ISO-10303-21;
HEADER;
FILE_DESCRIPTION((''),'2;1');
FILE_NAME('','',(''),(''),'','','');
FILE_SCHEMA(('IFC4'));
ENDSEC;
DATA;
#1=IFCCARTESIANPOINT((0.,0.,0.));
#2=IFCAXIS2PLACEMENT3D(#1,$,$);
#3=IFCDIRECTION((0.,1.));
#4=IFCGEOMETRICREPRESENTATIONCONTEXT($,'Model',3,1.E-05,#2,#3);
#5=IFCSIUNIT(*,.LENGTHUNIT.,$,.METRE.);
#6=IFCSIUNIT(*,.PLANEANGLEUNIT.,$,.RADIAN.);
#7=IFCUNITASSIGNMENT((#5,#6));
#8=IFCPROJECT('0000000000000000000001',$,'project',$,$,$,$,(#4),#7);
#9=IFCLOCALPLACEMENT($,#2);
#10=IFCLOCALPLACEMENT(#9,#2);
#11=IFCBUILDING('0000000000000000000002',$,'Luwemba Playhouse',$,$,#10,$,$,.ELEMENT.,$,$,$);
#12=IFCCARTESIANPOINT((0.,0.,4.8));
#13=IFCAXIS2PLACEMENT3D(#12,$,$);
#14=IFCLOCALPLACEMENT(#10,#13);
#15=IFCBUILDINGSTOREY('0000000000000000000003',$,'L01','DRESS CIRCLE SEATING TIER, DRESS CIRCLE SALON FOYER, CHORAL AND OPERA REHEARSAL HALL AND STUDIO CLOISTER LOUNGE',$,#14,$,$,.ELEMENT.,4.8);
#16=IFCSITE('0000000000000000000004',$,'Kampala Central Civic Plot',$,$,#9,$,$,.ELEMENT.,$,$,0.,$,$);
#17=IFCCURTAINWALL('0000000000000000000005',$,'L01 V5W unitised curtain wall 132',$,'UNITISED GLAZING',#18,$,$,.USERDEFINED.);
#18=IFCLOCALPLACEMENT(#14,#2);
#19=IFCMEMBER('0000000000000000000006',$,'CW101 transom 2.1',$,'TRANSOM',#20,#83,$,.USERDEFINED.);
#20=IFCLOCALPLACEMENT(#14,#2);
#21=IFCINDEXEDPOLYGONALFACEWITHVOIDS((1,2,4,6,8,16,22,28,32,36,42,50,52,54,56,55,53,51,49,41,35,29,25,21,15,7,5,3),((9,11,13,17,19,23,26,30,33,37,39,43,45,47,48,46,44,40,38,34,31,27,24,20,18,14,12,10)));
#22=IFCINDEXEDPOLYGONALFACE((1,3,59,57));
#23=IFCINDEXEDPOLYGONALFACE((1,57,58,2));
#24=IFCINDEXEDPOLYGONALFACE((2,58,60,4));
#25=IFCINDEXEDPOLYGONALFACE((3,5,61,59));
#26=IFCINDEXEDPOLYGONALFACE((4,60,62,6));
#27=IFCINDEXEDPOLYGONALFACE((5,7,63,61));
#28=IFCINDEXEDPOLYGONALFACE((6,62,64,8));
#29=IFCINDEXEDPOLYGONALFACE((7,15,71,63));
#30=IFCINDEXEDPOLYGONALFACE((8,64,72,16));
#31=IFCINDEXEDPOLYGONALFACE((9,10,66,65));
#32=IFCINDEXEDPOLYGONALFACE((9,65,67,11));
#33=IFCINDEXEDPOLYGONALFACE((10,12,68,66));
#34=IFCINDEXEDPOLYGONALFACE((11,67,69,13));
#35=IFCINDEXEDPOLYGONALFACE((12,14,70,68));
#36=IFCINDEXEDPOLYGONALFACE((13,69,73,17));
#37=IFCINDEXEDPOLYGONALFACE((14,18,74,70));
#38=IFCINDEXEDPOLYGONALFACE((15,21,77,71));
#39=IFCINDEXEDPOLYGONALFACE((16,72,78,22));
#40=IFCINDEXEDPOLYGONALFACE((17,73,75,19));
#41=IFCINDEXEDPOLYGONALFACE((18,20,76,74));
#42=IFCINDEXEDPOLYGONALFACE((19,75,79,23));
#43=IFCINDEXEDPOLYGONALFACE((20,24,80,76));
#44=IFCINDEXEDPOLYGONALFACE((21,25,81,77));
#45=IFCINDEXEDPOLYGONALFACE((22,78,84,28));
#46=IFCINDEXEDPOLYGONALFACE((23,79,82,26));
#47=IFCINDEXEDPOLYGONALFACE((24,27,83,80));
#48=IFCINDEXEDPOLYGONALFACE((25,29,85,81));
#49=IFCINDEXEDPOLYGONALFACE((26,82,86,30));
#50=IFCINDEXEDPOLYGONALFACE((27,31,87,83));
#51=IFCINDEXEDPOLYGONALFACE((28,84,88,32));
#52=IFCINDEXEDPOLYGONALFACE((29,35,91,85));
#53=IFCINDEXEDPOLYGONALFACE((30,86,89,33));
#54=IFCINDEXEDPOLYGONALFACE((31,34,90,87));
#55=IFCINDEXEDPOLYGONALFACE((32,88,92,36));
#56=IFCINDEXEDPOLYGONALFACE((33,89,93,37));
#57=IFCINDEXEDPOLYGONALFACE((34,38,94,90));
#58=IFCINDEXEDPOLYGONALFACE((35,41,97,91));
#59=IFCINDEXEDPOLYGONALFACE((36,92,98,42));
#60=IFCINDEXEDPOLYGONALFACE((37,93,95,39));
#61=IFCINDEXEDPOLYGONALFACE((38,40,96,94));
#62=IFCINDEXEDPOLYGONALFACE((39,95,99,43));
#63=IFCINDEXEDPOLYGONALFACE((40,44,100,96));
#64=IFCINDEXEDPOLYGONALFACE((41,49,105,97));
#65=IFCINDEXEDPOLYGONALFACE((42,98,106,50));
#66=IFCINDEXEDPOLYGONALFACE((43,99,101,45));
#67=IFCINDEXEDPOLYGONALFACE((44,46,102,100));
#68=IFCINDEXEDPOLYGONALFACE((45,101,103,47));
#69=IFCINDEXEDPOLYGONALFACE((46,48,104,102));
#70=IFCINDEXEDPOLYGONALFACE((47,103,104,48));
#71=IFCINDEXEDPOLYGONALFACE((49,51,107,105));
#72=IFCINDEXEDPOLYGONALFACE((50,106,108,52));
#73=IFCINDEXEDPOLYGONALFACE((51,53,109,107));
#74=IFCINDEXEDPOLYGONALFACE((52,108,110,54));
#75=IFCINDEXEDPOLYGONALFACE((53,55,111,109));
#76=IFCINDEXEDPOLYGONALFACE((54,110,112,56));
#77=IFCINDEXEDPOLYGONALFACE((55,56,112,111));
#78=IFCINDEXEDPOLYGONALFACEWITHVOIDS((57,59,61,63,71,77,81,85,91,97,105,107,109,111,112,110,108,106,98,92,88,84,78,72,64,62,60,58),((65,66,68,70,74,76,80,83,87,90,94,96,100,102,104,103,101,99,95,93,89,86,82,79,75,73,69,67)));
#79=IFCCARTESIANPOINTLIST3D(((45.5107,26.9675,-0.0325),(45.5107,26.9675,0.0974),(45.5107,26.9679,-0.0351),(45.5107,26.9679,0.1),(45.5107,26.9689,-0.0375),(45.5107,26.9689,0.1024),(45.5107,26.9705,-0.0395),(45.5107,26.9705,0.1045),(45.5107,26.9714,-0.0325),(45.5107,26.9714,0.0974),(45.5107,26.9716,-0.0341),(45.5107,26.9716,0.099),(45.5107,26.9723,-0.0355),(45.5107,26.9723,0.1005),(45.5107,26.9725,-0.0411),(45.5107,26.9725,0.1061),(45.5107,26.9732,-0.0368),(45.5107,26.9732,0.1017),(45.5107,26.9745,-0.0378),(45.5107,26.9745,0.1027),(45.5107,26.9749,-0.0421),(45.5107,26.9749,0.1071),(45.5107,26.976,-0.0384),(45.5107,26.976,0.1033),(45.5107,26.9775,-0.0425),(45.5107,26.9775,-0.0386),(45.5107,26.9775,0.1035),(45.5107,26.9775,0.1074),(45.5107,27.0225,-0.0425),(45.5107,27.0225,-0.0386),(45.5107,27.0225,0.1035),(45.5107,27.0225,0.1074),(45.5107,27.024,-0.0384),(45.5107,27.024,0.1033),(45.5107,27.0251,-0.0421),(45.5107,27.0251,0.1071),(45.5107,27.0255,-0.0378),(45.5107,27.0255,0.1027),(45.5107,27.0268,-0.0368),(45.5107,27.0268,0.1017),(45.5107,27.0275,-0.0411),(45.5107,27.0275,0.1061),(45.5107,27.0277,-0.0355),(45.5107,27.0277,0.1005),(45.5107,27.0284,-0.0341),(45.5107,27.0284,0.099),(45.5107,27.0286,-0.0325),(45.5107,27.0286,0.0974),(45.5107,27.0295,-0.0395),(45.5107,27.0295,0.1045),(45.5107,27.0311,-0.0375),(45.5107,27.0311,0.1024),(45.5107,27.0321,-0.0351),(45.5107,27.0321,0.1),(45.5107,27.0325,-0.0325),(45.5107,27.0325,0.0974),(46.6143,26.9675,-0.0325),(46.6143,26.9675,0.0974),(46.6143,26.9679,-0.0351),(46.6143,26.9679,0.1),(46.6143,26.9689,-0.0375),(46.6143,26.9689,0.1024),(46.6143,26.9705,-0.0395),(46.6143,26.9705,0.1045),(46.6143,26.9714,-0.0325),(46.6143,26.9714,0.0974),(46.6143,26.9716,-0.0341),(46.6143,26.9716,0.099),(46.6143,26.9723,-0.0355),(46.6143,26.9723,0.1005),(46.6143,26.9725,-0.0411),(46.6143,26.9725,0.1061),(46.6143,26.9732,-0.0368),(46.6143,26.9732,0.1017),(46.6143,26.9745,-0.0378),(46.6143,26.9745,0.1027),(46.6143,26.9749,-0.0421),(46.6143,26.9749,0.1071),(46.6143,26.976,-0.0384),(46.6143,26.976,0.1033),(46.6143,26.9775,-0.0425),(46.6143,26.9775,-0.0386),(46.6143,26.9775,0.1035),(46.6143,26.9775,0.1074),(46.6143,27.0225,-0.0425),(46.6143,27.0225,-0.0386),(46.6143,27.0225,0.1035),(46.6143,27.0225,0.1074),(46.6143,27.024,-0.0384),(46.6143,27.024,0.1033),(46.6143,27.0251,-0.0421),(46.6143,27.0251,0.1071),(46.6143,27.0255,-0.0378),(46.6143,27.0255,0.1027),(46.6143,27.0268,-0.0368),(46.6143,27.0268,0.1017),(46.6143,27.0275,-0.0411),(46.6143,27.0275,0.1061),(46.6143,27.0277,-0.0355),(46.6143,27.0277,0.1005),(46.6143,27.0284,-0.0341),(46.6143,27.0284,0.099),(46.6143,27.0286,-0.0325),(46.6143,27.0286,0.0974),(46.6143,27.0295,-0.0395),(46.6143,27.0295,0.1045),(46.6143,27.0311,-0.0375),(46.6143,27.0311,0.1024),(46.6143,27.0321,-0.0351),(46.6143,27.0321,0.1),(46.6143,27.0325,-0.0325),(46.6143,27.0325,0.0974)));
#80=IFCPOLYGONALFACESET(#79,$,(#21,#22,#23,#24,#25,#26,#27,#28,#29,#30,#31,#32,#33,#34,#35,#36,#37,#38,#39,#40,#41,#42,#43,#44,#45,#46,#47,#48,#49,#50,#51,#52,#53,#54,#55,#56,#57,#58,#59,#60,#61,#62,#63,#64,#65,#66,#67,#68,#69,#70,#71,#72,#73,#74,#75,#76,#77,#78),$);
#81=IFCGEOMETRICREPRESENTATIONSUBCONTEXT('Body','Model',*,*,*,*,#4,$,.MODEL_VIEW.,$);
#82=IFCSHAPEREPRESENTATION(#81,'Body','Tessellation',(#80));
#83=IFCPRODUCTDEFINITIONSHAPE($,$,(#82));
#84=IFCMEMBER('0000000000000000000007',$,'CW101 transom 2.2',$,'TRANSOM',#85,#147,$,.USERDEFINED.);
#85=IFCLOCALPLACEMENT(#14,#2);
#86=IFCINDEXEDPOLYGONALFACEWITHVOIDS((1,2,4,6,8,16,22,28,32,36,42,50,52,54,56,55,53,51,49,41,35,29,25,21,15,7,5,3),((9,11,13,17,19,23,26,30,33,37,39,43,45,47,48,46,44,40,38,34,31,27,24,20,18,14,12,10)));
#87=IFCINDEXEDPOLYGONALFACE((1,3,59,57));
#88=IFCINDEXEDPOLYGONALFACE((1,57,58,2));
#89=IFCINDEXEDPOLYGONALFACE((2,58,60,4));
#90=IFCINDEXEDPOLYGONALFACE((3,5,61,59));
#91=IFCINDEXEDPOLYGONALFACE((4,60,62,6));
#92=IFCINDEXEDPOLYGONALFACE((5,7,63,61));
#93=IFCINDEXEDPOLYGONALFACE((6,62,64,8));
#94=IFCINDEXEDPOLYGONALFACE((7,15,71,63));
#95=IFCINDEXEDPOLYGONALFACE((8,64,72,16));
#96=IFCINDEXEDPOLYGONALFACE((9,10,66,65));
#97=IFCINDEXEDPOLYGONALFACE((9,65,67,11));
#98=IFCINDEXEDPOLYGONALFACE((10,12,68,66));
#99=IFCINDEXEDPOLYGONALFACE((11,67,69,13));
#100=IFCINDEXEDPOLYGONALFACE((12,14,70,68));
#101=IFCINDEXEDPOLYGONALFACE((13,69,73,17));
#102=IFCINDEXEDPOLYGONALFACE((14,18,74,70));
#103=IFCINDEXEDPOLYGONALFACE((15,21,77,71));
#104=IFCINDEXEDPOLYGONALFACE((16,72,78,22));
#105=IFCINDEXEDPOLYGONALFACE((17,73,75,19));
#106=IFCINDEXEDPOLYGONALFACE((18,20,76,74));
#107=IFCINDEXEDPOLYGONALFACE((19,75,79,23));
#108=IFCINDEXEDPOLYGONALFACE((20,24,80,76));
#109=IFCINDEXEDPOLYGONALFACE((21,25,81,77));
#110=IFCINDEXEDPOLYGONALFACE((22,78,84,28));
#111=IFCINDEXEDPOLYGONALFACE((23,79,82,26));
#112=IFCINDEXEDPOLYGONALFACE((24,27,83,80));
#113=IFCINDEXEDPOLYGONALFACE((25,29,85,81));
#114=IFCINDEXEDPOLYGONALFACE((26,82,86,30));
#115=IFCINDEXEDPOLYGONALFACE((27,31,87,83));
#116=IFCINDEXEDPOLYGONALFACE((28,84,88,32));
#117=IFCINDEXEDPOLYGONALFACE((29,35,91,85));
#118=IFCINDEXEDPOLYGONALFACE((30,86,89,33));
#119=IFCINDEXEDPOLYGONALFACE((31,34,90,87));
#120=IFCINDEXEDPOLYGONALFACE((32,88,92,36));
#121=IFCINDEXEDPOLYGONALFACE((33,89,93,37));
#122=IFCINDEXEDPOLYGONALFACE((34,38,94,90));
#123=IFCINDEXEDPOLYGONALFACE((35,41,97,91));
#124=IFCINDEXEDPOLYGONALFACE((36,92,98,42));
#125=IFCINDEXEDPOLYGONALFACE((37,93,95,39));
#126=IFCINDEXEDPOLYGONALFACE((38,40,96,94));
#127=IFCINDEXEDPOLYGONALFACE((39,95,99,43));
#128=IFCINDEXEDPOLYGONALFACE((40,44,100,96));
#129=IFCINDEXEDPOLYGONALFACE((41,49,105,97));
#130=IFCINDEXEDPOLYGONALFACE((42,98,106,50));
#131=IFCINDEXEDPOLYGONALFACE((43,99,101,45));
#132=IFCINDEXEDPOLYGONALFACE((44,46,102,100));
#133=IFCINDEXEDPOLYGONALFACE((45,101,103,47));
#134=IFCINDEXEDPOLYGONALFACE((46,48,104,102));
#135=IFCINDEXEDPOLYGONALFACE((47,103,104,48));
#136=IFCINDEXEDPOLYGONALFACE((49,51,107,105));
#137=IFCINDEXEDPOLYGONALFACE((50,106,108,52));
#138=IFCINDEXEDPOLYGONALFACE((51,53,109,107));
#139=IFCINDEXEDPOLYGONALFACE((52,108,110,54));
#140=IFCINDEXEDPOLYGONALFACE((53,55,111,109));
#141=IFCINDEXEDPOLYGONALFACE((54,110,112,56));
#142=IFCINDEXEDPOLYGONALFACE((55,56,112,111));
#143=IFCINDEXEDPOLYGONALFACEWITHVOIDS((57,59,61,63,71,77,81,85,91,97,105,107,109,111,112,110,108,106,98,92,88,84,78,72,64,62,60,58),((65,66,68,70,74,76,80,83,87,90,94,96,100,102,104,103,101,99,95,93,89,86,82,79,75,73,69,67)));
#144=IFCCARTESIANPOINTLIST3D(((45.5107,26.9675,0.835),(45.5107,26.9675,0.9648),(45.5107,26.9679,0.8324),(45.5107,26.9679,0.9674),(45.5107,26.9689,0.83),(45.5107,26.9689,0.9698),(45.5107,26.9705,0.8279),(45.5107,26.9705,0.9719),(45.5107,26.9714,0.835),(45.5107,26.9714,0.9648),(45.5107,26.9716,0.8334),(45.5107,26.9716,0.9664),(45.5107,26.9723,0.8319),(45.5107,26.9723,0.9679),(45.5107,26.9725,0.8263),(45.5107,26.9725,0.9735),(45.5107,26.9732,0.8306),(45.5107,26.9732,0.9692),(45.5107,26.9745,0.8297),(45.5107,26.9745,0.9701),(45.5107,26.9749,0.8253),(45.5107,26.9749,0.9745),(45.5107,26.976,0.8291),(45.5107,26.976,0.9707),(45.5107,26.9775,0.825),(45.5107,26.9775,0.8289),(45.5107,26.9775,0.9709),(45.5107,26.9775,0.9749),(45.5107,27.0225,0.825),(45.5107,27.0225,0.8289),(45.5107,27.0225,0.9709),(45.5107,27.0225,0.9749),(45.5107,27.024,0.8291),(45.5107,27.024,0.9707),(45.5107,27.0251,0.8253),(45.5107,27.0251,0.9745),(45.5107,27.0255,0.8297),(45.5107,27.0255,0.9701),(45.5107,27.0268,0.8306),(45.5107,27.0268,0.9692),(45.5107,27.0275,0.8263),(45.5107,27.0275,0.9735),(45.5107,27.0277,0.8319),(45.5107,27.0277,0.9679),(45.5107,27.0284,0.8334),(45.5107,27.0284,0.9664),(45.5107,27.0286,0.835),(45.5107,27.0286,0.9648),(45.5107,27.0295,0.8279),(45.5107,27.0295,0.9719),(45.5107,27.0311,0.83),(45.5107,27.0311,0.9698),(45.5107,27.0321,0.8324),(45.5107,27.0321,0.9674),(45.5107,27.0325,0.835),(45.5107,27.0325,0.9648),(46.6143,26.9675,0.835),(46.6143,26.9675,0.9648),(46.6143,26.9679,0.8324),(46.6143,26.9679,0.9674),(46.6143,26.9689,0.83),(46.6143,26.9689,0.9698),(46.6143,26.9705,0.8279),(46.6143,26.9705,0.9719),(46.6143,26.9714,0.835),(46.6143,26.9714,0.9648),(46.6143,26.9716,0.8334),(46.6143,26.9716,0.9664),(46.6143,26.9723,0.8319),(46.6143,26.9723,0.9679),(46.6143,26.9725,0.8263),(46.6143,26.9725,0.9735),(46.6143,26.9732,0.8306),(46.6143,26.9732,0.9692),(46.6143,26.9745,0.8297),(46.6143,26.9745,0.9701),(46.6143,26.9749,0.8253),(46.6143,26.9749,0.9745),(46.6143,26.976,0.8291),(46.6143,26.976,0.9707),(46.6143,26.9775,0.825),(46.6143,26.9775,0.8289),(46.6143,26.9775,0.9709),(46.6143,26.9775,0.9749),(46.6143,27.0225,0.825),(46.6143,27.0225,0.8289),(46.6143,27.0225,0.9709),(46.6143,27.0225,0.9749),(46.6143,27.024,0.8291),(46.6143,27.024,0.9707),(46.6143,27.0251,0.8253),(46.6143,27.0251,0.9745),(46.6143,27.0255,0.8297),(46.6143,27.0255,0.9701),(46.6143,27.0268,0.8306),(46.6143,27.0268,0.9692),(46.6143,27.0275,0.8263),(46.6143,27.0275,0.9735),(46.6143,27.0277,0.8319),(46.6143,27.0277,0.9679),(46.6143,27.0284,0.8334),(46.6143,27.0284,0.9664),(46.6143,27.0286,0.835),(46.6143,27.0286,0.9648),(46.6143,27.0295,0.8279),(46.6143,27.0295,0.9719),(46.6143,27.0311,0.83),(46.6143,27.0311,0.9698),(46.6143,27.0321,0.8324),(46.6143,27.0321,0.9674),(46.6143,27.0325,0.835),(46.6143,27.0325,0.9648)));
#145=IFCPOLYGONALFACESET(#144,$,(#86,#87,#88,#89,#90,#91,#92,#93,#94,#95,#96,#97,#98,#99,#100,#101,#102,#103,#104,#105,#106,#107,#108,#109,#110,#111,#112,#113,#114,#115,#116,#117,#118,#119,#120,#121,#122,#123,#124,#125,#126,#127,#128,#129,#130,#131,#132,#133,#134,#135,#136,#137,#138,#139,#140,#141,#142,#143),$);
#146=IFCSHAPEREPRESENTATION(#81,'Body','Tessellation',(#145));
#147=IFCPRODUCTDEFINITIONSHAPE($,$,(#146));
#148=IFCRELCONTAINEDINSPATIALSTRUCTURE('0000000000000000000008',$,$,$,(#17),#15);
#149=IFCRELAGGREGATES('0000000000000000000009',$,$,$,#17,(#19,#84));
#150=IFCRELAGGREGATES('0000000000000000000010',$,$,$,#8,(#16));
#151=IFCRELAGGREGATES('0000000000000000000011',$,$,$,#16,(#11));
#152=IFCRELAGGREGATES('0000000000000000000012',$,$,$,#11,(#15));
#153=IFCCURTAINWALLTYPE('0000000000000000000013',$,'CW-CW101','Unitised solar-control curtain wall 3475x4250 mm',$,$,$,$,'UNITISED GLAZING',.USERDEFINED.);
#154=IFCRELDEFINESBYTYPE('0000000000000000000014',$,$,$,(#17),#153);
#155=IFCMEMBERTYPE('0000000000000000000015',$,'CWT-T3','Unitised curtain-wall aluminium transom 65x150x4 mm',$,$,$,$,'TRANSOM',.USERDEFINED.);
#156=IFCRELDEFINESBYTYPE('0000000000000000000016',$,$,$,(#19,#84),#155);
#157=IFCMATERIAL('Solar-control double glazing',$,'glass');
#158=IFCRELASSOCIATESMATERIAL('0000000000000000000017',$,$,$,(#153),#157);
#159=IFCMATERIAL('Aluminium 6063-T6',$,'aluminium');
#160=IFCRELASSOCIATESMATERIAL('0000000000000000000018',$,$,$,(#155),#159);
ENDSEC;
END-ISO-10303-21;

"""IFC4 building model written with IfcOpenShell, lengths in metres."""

from ifc_helpers import new_model, si_unit, direction, frame, origin, origin_2d, place, context, subcontext, project, spatial, hollow_rectangle, extrude, material, material_profile, profile_set, type_object, element, aggregate, save


model = new_model("IFC4")

# Units and contexts
model_context = context("Model", 3, precision=1e-05, world=origin(), true_north=direction((0.0, 1.0)))
body_context = subcontext(model_context, "Body", "Model", "MODEL_VIEW")
ifc_project = project(units=[si_unit("LENGTHUNIT", "METRE"), si_unit("PLANEANGLEUNIT", "RADIAN")], contexts=[model_context])

# Site, building, storey
site_placement = place(None, origin())
site = spatial("IfcSite", under=ifc_project, at=site_placement, Name="Kampala Central Civic Plot", CompositionType="ELEMENT", RefElevation=0.0)
building_placement = place(site_placement, origin())
building = spatial("IfcBuilding", under=site, at=building_placement, Name="Luwemba Playhouse", CompositionType="ELEMENT")
storey_placement = place(building_placement, frame((0.0, 0.0, 4.8)))
storey = spatial("IfcBuildingStorey", under=building, at=storey_placement, Name="L01", Description="DRESS CIRCLE SEATING TIER, DRESS CIRCLE SALON FOYER, CHORAL AND OPERA REHEARSAL HALL AND STUDIO CLOISTER LOUNGE", CompositionType="ELEMENT", Elevation=4.8)

# Shared definitions
ifc_material_1 = material(Name="Solar-control double glazing", Category="glass")
ifc_material_2 = material(Name="Aluminium 6063-T6", Category="aluminium")

# Curtain wall
curtain_wall_type_1 = type_object("IfcCurtainWallType", Name="CW-CW101", Description="Unitised solar-control curtain wall 3475x4250 mm", ElementType="UNITISED GLAZING", PredefinedType="USERDEFINED", material=ifc_material_1)
curtain_wall_1_placement = place(storey_placement, origin())
curtain_wall_1 = element("IfcCurtainWall", 1, at=curtain_wall_1_placement, inside=storey, type_object=curtain_wall_type_1, Name="L01 V5W unitised curtain wall 132", ObjectType="UNITISED GLAZING", PredefinedType="USERDEFINED")

# Members
ifc_material_profile_1 = material_profile(ifc_material_2, hollow_rectangle(XDim=0.0649, YDim=0.1499, WallThickness=0.0039, InnerFilletRadius=0.0061, OuterFilletRadius=0.01, at=origin_2d()))
ifc_profile_set_1 = profile_set([ifc_material_profile_1], Name="Aluminium 6063-T6")
member_type_1 = type_object("IfcMemberType", Name="CWT-T3", Description="Unitised curtain-wall aluminium transom 65x150x4 mm", ElementType="TRANSOM", PredefinedType="USERDEFINED", material=ifc_profile_set_1)
member_1_placement = place(storey_placement, frame((45.5107, 27.0, 0.0325), z_axis=(1.0, 0.0, 0.0), x_axis=(0.0, 1.0, 0.0)))
member_1 = element("IfcMember", 2, at=member_1_placement, type_object=member_type_1, Name="CW101 transom 2.1", ObjectType="TRANSOM", PredefinedType="USERDEFINED", context=body_context, shape_type="SweptSolid", body=[
    extrude(hollow_rectangle(XDim=0.0649, YDim=0.1499, WallThickness=0.0039, InnerFilletRadius=0.0061, OuterFilletRadius=0.01, at=origin_2d()), origin(), (0.0, 0.0, 1.0), 1.1035),
])
member_2_placement = place(storey_placement, frame((45.5107, 27.0, 0.8999), z_axis=(1.0, 0.0, 0.0), x_axis=(0.0, 1.0, 0.0)))
member_2 = element("IfcMember", 3, at=member_2_placement, type_object=member_type_1, Name="CW101 transom 2.2", ObjectType="TRANSOM", PredefinedType="USERDEFINED", context=body_context, shape_type="SweptSolid", body=[
    extrude(hollow_rectangle(XDim=0.0649, YDim=0.1499, WallThickness=0.0039, InnerFilletRadius=0.0061, OuterFilletRadius=0.01, at=origin_2d()), origin(), (0.0, 0.0, 1.0), 1.1035),
])

aggregate(curtain_wall_1, [member_1, member_2])

save(model, "model.ifc")
